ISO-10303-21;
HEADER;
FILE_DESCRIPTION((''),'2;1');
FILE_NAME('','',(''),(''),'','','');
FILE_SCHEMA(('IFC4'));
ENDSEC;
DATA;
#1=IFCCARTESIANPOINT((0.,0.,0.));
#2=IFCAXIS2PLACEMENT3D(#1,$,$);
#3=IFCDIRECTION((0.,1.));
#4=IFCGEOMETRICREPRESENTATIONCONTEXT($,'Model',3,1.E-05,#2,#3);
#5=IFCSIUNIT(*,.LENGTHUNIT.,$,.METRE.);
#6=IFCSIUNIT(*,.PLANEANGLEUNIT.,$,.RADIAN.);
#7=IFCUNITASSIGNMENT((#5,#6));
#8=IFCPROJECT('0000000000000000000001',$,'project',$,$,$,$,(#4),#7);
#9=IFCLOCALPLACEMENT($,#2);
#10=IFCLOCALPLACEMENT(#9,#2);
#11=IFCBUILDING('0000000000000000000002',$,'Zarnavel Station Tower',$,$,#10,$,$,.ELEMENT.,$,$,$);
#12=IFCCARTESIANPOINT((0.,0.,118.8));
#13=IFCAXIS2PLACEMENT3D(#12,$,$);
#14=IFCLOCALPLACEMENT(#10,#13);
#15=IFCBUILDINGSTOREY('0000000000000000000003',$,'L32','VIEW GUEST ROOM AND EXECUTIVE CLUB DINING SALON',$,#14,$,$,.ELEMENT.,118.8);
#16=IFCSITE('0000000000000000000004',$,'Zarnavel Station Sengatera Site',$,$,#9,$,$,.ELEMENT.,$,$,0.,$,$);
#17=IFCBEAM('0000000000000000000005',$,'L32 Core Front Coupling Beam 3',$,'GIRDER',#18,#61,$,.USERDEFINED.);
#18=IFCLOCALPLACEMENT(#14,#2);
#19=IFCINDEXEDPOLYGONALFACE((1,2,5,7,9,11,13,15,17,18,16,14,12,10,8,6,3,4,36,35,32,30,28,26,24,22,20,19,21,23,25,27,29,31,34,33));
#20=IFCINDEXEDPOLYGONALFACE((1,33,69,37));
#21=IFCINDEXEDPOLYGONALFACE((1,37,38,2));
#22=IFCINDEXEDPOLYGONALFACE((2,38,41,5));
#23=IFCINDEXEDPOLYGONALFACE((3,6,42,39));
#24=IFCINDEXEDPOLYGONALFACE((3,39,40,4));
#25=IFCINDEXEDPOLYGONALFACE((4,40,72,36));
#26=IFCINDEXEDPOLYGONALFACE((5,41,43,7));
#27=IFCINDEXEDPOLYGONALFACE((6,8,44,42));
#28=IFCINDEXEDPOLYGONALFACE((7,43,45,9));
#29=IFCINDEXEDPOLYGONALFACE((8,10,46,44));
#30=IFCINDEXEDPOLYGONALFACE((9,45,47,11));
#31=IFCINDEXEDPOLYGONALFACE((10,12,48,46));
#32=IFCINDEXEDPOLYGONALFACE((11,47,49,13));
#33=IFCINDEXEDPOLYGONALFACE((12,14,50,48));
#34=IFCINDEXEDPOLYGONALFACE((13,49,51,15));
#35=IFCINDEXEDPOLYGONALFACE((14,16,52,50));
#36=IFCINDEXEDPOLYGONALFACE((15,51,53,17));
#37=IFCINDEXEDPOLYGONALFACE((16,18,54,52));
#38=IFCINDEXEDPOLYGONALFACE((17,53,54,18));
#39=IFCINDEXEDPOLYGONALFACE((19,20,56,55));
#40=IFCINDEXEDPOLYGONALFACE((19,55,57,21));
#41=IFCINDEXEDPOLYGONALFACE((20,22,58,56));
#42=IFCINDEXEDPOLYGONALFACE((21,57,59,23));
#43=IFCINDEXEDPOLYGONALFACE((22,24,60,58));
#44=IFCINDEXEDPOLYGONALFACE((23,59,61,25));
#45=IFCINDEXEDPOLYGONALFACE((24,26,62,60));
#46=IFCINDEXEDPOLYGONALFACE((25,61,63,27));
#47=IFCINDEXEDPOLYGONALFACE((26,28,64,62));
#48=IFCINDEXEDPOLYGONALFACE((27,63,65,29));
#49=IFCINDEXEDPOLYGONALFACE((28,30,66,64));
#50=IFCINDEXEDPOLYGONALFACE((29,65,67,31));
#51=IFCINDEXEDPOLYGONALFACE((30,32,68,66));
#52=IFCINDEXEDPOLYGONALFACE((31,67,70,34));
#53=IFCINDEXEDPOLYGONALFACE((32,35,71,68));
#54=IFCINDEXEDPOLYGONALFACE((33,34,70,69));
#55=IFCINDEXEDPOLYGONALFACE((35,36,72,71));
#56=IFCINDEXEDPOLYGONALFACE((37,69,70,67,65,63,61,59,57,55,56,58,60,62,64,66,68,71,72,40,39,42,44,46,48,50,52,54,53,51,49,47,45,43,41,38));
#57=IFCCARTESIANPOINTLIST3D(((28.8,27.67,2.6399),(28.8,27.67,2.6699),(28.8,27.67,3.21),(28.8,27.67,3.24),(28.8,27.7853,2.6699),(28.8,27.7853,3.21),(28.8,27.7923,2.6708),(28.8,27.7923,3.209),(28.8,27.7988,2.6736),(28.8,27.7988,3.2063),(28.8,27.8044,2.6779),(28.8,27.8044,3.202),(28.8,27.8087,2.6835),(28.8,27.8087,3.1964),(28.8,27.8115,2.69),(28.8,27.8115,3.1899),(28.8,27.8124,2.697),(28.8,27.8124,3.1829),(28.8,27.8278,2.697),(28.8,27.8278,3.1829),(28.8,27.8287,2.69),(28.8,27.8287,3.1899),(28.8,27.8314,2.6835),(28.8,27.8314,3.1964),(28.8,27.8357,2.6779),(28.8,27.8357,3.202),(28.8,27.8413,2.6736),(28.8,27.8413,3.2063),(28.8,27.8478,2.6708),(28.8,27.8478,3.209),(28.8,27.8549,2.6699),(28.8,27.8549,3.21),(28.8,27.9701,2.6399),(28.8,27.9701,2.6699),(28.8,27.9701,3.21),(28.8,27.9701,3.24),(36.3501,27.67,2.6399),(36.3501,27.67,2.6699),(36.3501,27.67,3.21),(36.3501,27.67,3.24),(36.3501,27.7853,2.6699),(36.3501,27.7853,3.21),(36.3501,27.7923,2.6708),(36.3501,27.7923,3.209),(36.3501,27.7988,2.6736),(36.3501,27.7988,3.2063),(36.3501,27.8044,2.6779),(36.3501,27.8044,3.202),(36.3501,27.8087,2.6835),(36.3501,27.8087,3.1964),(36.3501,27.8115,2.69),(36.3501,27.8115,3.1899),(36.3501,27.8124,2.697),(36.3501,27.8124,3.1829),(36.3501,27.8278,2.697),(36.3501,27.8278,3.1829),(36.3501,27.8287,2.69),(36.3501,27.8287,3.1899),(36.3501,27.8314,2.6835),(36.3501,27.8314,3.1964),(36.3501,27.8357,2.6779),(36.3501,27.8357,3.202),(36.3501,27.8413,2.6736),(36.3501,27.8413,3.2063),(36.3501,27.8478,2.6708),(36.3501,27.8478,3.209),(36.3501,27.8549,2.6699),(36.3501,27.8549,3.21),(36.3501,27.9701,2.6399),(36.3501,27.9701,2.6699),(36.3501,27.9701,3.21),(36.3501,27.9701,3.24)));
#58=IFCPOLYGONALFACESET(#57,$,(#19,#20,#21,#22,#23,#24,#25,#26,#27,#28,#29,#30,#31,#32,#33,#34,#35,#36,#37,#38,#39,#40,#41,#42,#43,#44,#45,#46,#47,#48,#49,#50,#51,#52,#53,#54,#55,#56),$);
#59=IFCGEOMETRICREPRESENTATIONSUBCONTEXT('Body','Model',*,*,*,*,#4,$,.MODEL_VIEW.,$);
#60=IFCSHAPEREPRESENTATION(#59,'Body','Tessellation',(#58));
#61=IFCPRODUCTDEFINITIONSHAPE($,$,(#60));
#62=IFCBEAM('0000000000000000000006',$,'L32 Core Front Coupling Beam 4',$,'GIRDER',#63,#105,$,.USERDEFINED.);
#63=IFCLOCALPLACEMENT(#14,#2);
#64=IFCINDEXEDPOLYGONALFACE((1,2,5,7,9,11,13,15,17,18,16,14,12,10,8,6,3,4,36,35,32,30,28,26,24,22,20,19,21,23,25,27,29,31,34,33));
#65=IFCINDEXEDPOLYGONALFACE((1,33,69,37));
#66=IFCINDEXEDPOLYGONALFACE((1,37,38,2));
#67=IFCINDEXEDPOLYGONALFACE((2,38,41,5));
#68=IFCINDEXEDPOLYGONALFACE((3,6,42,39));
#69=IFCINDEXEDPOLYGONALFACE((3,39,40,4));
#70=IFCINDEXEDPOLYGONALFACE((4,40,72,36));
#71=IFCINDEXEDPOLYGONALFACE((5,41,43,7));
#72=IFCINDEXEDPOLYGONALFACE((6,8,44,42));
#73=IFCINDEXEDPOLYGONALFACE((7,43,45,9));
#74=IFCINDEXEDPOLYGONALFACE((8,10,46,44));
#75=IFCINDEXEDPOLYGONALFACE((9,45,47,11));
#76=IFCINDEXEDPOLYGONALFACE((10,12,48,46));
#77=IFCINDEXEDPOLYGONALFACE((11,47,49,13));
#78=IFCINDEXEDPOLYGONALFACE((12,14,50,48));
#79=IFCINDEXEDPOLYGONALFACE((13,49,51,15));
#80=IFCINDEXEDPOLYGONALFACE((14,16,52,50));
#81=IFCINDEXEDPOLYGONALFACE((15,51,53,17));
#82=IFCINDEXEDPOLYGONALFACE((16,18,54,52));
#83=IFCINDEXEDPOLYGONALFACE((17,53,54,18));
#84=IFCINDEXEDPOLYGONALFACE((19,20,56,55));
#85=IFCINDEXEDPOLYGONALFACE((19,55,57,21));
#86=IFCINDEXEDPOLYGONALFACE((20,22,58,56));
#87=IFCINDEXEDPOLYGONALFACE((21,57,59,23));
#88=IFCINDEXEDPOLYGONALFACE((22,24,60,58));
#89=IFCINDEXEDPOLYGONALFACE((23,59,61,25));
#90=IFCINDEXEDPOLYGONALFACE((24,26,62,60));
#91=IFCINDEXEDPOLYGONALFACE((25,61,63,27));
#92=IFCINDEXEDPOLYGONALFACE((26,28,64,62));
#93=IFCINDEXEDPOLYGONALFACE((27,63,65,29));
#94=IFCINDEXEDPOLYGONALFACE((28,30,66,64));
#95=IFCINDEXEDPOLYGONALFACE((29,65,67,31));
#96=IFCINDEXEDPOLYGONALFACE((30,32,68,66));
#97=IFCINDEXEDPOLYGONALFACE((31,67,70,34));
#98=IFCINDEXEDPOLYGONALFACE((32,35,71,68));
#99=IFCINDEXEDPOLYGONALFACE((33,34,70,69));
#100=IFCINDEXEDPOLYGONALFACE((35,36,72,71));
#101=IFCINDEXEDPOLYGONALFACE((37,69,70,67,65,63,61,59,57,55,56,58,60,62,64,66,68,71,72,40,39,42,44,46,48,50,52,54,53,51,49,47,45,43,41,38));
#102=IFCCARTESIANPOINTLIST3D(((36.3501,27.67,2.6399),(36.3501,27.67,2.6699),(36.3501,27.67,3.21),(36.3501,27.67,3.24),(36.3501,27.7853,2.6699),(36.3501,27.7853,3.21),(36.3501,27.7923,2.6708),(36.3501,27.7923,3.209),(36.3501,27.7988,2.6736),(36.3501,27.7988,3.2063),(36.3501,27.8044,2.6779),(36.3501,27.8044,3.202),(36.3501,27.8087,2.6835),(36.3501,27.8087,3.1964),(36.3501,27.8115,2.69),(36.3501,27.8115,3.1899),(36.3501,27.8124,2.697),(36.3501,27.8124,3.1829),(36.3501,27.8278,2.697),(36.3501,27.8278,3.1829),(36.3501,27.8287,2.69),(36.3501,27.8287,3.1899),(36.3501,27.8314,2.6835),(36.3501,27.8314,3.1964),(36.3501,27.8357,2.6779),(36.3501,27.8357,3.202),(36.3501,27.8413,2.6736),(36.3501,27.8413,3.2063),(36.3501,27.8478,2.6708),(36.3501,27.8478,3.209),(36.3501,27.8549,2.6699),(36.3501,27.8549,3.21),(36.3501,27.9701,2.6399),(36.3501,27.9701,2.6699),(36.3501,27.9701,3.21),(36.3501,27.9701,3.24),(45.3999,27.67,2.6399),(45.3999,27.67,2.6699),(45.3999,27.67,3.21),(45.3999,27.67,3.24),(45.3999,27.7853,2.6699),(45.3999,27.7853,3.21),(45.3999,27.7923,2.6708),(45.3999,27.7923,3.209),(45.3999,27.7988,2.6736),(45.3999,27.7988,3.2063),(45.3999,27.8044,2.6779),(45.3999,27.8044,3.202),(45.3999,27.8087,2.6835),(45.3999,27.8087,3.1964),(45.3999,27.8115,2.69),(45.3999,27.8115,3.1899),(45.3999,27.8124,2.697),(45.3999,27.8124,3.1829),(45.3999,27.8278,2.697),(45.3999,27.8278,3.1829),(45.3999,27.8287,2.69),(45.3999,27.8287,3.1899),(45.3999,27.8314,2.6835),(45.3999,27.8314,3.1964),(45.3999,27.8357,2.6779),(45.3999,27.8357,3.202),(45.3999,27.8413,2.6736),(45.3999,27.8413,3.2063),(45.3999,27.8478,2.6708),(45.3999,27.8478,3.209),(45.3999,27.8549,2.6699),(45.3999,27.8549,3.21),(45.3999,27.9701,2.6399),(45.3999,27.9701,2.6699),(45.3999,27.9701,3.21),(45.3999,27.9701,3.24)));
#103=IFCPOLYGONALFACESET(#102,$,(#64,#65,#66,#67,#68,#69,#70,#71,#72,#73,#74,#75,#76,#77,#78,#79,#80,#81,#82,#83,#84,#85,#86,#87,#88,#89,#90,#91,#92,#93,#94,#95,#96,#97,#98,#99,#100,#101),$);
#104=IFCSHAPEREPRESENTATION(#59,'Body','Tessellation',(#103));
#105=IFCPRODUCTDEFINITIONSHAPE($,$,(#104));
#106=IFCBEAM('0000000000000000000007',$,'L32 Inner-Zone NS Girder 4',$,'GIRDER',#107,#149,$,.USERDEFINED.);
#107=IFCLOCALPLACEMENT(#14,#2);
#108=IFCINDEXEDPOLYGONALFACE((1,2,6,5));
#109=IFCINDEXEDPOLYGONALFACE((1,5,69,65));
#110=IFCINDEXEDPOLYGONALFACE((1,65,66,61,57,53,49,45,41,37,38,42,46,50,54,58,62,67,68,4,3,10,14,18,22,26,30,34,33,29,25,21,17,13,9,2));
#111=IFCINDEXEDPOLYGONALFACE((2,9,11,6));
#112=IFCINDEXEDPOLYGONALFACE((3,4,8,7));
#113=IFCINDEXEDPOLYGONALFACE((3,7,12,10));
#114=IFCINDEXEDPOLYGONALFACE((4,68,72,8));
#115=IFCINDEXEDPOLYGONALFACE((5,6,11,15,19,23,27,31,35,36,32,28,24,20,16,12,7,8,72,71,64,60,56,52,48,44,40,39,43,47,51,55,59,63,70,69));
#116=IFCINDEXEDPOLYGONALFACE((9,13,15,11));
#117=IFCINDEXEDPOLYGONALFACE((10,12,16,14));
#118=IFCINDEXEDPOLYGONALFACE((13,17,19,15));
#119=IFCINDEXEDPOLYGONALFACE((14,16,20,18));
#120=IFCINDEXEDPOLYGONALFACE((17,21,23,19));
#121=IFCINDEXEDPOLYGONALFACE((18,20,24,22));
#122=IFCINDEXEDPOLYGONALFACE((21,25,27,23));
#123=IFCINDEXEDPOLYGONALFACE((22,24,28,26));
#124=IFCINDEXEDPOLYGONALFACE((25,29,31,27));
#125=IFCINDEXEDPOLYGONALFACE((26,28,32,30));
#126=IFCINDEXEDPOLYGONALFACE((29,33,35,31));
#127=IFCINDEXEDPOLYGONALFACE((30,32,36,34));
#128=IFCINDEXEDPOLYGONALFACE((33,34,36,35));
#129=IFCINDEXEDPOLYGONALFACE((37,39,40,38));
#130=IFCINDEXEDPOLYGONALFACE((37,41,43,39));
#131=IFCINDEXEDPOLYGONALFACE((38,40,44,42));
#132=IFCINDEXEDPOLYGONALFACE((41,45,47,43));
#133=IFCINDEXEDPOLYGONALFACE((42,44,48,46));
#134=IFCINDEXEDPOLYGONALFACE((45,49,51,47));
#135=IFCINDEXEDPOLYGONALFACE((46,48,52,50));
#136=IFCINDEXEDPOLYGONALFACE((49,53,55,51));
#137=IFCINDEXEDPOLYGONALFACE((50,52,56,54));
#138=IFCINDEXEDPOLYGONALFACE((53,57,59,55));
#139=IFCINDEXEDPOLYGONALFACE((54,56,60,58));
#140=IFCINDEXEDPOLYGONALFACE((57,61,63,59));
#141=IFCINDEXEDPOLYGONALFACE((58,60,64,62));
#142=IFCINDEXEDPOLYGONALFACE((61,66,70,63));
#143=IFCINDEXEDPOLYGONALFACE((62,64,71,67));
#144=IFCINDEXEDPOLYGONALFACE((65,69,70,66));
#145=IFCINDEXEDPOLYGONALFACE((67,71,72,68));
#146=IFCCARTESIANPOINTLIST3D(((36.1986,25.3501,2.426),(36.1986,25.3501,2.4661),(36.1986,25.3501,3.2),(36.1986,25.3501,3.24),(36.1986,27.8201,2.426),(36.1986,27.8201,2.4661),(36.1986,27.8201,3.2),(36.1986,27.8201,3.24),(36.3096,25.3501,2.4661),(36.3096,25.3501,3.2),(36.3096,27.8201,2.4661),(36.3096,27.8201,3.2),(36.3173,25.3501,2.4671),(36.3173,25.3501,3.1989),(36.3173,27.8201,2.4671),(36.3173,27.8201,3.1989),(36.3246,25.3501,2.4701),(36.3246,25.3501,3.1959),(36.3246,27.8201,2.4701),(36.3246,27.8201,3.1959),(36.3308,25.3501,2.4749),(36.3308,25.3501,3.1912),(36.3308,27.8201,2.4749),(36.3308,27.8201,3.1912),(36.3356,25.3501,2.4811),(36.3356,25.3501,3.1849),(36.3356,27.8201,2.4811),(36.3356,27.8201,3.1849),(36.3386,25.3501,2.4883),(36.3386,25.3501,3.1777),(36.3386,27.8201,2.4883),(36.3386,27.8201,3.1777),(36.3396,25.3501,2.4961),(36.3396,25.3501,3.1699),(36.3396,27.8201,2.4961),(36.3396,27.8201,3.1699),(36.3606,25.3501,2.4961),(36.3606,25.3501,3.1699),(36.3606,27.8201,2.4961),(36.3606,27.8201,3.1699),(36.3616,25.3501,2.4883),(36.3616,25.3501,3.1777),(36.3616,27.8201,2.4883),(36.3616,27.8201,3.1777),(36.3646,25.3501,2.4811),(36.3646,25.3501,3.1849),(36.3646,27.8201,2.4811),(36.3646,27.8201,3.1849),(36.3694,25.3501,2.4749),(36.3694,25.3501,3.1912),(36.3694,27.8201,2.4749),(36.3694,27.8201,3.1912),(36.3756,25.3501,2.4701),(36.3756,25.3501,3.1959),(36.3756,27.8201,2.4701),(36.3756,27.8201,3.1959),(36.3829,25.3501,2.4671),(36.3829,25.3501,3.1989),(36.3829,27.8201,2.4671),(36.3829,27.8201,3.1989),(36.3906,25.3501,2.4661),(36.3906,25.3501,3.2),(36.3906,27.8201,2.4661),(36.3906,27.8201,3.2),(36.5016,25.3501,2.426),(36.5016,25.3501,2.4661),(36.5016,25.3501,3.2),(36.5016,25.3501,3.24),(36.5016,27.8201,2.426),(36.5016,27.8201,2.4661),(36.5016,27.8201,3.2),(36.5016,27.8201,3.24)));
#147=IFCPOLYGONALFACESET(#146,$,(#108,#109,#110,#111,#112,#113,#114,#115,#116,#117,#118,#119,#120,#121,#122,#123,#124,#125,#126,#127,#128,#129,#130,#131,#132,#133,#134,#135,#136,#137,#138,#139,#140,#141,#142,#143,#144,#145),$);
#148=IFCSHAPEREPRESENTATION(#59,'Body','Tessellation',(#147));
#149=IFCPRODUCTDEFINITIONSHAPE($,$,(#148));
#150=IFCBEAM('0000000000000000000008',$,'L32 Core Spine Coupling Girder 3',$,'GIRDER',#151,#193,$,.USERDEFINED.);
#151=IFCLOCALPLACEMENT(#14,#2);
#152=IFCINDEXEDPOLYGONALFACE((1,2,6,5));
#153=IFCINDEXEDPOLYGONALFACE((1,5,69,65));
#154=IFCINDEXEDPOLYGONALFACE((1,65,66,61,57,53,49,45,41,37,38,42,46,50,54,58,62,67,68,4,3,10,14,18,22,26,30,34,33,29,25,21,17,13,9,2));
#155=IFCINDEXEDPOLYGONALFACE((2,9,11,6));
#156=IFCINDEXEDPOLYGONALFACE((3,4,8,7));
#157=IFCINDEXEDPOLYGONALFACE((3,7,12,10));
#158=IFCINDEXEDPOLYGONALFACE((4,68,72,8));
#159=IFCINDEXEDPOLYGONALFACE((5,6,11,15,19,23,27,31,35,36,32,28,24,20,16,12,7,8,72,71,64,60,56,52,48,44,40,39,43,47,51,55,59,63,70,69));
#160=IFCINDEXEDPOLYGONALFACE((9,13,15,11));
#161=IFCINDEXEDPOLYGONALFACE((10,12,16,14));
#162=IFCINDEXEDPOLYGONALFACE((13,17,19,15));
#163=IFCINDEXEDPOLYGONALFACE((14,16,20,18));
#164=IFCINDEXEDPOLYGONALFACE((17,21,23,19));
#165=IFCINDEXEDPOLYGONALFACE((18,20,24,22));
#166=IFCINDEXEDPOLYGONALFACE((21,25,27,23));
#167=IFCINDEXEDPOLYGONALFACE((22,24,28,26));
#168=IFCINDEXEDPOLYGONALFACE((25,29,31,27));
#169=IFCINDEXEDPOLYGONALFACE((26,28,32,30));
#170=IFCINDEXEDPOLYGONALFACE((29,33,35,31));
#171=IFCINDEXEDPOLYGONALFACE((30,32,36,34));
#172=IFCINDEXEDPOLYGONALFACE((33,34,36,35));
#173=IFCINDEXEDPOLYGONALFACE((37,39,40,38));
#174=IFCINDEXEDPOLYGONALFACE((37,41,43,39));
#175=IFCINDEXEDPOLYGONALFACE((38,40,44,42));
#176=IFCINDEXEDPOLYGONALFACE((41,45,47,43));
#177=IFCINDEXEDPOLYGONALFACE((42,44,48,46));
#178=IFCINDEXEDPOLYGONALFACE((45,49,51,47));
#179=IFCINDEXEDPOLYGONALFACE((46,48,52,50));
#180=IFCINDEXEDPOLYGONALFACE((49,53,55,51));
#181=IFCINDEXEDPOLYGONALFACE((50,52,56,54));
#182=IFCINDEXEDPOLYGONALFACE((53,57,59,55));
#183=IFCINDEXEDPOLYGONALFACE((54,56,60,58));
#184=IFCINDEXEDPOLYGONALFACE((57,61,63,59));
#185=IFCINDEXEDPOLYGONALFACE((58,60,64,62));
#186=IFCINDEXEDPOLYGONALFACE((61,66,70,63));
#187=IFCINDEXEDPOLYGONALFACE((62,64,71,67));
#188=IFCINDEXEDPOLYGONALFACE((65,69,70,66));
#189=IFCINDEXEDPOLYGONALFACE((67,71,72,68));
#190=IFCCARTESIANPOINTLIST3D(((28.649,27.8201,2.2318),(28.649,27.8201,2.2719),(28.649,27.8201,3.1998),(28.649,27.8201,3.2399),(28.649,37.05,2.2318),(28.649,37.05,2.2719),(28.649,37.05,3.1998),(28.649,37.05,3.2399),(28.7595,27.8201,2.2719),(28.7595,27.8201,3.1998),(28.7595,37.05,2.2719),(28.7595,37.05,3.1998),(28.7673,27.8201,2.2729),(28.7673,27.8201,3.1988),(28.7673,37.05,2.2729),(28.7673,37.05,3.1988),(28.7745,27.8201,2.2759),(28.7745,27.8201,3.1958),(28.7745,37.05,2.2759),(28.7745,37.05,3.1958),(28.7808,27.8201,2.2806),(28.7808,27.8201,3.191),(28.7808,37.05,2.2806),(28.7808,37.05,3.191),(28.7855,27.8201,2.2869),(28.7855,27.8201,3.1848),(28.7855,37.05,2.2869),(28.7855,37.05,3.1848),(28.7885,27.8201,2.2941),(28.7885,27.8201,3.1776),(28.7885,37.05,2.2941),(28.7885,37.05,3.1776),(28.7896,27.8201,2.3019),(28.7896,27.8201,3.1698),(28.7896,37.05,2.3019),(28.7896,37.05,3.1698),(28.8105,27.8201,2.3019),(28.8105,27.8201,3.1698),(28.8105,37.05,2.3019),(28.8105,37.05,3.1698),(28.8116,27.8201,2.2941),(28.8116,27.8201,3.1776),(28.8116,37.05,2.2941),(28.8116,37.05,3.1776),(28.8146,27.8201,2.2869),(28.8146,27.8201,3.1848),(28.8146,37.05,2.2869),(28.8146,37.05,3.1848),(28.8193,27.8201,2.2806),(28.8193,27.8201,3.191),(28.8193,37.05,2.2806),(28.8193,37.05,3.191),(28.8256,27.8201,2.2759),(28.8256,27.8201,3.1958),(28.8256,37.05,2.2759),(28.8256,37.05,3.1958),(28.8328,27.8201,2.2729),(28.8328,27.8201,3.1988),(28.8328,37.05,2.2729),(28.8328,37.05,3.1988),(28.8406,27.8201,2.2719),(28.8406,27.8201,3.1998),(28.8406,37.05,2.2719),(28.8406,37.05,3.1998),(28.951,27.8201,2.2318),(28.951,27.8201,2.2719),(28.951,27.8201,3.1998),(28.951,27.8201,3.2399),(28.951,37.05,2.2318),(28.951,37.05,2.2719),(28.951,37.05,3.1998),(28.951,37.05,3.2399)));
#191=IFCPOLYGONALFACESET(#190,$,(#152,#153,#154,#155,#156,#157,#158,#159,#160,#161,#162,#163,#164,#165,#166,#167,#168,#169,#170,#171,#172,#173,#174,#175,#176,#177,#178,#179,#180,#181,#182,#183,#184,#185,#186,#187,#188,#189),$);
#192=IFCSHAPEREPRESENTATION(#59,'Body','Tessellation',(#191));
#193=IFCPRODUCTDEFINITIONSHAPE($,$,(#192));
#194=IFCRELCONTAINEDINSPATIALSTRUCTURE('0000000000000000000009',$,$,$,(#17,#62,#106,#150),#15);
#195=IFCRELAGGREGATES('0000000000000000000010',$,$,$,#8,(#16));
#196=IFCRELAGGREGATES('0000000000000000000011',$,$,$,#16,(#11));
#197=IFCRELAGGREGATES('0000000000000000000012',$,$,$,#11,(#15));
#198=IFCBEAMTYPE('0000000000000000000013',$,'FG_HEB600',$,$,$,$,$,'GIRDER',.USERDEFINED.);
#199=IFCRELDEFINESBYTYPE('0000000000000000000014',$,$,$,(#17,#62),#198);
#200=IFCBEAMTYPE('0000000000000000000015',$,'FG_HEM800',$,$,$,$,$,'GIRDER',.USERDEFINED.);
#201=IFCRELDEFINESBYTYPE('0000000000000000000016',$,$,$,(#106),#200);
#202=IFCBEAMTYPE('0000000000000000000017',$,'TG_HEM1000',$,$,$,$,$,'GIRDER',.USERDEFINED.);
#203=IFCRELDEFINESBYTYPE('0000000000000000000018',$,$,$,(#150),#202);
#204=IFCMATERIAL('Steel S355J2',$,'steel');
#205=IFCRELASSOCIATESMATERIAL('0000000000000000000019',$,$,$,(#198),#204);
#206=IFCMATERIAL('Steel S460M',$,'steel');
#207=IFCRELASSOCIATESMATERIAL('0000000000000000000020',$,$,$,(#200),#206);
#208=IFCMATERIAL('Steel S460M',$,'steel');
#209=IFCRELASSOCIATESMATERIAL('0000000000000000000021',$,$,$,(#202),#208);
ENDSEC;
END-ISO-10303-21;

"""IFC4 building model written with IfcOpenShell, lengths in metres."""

from ifc_helpers import new_model, si_unit, direction, frame, origin, origin_2d, place, context, subcontext, project, spatial, i_section, extrude, material, material_profile, profile_set, type_object, element, save


model = new_model("IFC4")

# Units and contexts
model_context = context("Model", 3, precision=1e-05, world=origin(), true_north=direction((0.0, 1.0)))
body_context = subcontext(model_context, "Body", "Model", "MODEL_VIEW")
ifc_project = project(units=[si_unit("LENGTHUNIT", "METRE"), si_unit("PLANEANGLEUNIT", "RADIAN")], contexts=[model_context])

# Site, building, storey
site_placement = place(None, origin())
site = spatial("IfcSite", under=ifc_project, at=site_placement, Name="Zarnavel Station Sengatera Site", CompositionType="ELEMENT", RefElevation=0.0)
building_placement = place(site_placement, origin())
building = spatial("IfcBuilding", under=site, at=building_placement, Name="Zarnavel Station Tower", CompositionType="ELEMENT")
storey_placement = place(building_placement, frame((0.0, 0.0, 118.8)))
storey = spatial("IfcBuildingStorey", under=building, at=storey_placement, Name="L32", Description="VIEW GUEST ROOM AND EXECUTIVE CLUB DINING SALON", CompositionType="ELEMENT", Elevation=118.8)

# Beams
ifc_material_1 = material(Name="Steel S355J2", Category="steel")
ifc_material_profile_1 = material_profile(ifc_material_1, i_section(OverallWidth=0.3, OverallDepth=0.6001, WebThickness=0.0154, FlangeThickness=0.03, FilletRadius=0.0271, at=origin_2d()), Name="HEB600")
ifc_profile_set_1 = profile_set([ifc_material_profile_1], Name="Steel S355J2")
beam_type_1 = type_object("IfcBeamType", Name="FG_HEB600", ElementType="GIRDER", PredefinedType="USERDEFINED", material=ifc_profile_set_1)
beam_1_placement = place(storey_placement, frame((28.8, 27.8201, 2.9399), z_axis=(1.0, 0.0, 0.0), x_axis=(0.0, 1.0, 0.0)))
element("IfcBeam", 1, at=beam_1_placement, inside=storey, type_object=beam_type_1, Name="L32 Core Front Coupling Beam 3", ObjectType="GIRDER", PredefinedType="USERDEFINED", context=body_context, shape_type="SweptSolid", body=[
    extrude(i_section(OverallWidth=0.3, OverallDepth=0.6001, WebThickness=0.0154, FlangeThickness=0.03, FilletRadius=0.0271, at=origin_2d()), origin(), (0.0, 0.0, 1.0), 7.55),
])
beam_2_placement = place(storey_placement, frame((36.3501, 27.8201, 2.9399), z_axis=(1.0, 0.0, 0.0), x_axis=(0.0, 1.0, 0.0)))
element("IfcBeam", 2, at=beam_2_placement, inside=storey, type_object=beam_type_1, Name="L32 Core Front Coupling Beam 4", ObjectType="GIRDER", PredefinedType="USERDEFINED", context=body_context, shape_type="SweptSolid", body=[
    extrude(i_section(OverallWidth=0.3, OverallDepth=0.6001, WebThickness=0.0154, FlangeThickness=0.03, FilletRadius=0.0271, at=origin_2d()), origin(), (0.0, 0.0, 1.0), 9.0498),
])
ifc_material_2 = material(Name="Steel S460M", Category="steel")
ifc_material_profile_2 = material_profile(ifc_material_2, i_section(OverallWidth=0.303, OverallDepth=0.814, WebThickness=0.021, FlangeThickness=0.04, FilletRadius=0.03, at=origin_2d()), Name="HEM800")
ifc_profile_set_2 = profile_set([ifc_material_profile_2], Name="Steel S460M")
beam_type_2 = type_object("IfcBeamType", Name="FG_HEM800", ElementType="GIRDER", PredefinedType="USERDEFINED", material=ifc_profile_set_2)
beam_3_placement = place(storey_placement, frame((36.3501, 25.3501, 2.833), z_axis=(0.0, 1.0, 0.0), x_axis=(-1.0, 0.0, 0.0)))
element("IfcBeam", 3, at=beam_3_placement, inside=storey, type_object=beam_type_2, Name="L32 Inner-Zone NS Girder 4", ObjectType="GIRDER", PredefinedType="USERDEFINED", context=body_context, shape_type="SweptSolid", body=[
    extrude(i_section(OverallWidth=0.303, OverallDepth=0.814, WebThickness=0.021, FlangeThickness=0.04, FilletRadius=0.03, at=origin_2d()), origin(), (0.0, 0.0, 1.0), 2.47),
])
ifc_material_3 = material(Name="Steel S460M", Category="steel")
ifc_material_profile_3 = material_profile(ifc_material_3, i_section(OverallWidth=0.302, OverallDepth=1.0081, WebThickness=0.021, FlangeThickness=0.04, FilletRadius=0.03, at=origin_2d()), Name="HEM1000")
ifc_profile_set_3 = profile_set([ifc_material_profile_3], Name="Steel S460M")
beam_type_3 = type_object("IfcBeamType", Name="TG_HEM1000", ElementType="GIRDER", PredefinedType="USERDEFINED", material=ifc_profile_set_3)
for number, where, z_axis, x_axis, name in (
    (4, (28.8, 27.8201, 2.7358), (0.0, 1.0, 0.0), (-1.0, 0.0, 0.0), "L32 Core Spine Coupling Girder 3"),
):
    element("IfcBeam", number, at=place(storey_placement, frame(where, z_axis=z_axis, x_axis=x_axis)), inside=storey, type_object=beam_type_3, Name=name, ObjectType="GIRDER", PredefinedType="USERDEFINED", context=body_context, shape_type="SweptSolid", body=[
        extrude(i_section(OverallWidth=0.302, OverallDepth=1.0081, WebThickness=0.021, FlangeThickness=0.04, FilletRadius=0.03, at=origin_2d()), origin(), (0.0, 0.0, 1.0), 9.23),
    ])

save(model, "model.ifc")
